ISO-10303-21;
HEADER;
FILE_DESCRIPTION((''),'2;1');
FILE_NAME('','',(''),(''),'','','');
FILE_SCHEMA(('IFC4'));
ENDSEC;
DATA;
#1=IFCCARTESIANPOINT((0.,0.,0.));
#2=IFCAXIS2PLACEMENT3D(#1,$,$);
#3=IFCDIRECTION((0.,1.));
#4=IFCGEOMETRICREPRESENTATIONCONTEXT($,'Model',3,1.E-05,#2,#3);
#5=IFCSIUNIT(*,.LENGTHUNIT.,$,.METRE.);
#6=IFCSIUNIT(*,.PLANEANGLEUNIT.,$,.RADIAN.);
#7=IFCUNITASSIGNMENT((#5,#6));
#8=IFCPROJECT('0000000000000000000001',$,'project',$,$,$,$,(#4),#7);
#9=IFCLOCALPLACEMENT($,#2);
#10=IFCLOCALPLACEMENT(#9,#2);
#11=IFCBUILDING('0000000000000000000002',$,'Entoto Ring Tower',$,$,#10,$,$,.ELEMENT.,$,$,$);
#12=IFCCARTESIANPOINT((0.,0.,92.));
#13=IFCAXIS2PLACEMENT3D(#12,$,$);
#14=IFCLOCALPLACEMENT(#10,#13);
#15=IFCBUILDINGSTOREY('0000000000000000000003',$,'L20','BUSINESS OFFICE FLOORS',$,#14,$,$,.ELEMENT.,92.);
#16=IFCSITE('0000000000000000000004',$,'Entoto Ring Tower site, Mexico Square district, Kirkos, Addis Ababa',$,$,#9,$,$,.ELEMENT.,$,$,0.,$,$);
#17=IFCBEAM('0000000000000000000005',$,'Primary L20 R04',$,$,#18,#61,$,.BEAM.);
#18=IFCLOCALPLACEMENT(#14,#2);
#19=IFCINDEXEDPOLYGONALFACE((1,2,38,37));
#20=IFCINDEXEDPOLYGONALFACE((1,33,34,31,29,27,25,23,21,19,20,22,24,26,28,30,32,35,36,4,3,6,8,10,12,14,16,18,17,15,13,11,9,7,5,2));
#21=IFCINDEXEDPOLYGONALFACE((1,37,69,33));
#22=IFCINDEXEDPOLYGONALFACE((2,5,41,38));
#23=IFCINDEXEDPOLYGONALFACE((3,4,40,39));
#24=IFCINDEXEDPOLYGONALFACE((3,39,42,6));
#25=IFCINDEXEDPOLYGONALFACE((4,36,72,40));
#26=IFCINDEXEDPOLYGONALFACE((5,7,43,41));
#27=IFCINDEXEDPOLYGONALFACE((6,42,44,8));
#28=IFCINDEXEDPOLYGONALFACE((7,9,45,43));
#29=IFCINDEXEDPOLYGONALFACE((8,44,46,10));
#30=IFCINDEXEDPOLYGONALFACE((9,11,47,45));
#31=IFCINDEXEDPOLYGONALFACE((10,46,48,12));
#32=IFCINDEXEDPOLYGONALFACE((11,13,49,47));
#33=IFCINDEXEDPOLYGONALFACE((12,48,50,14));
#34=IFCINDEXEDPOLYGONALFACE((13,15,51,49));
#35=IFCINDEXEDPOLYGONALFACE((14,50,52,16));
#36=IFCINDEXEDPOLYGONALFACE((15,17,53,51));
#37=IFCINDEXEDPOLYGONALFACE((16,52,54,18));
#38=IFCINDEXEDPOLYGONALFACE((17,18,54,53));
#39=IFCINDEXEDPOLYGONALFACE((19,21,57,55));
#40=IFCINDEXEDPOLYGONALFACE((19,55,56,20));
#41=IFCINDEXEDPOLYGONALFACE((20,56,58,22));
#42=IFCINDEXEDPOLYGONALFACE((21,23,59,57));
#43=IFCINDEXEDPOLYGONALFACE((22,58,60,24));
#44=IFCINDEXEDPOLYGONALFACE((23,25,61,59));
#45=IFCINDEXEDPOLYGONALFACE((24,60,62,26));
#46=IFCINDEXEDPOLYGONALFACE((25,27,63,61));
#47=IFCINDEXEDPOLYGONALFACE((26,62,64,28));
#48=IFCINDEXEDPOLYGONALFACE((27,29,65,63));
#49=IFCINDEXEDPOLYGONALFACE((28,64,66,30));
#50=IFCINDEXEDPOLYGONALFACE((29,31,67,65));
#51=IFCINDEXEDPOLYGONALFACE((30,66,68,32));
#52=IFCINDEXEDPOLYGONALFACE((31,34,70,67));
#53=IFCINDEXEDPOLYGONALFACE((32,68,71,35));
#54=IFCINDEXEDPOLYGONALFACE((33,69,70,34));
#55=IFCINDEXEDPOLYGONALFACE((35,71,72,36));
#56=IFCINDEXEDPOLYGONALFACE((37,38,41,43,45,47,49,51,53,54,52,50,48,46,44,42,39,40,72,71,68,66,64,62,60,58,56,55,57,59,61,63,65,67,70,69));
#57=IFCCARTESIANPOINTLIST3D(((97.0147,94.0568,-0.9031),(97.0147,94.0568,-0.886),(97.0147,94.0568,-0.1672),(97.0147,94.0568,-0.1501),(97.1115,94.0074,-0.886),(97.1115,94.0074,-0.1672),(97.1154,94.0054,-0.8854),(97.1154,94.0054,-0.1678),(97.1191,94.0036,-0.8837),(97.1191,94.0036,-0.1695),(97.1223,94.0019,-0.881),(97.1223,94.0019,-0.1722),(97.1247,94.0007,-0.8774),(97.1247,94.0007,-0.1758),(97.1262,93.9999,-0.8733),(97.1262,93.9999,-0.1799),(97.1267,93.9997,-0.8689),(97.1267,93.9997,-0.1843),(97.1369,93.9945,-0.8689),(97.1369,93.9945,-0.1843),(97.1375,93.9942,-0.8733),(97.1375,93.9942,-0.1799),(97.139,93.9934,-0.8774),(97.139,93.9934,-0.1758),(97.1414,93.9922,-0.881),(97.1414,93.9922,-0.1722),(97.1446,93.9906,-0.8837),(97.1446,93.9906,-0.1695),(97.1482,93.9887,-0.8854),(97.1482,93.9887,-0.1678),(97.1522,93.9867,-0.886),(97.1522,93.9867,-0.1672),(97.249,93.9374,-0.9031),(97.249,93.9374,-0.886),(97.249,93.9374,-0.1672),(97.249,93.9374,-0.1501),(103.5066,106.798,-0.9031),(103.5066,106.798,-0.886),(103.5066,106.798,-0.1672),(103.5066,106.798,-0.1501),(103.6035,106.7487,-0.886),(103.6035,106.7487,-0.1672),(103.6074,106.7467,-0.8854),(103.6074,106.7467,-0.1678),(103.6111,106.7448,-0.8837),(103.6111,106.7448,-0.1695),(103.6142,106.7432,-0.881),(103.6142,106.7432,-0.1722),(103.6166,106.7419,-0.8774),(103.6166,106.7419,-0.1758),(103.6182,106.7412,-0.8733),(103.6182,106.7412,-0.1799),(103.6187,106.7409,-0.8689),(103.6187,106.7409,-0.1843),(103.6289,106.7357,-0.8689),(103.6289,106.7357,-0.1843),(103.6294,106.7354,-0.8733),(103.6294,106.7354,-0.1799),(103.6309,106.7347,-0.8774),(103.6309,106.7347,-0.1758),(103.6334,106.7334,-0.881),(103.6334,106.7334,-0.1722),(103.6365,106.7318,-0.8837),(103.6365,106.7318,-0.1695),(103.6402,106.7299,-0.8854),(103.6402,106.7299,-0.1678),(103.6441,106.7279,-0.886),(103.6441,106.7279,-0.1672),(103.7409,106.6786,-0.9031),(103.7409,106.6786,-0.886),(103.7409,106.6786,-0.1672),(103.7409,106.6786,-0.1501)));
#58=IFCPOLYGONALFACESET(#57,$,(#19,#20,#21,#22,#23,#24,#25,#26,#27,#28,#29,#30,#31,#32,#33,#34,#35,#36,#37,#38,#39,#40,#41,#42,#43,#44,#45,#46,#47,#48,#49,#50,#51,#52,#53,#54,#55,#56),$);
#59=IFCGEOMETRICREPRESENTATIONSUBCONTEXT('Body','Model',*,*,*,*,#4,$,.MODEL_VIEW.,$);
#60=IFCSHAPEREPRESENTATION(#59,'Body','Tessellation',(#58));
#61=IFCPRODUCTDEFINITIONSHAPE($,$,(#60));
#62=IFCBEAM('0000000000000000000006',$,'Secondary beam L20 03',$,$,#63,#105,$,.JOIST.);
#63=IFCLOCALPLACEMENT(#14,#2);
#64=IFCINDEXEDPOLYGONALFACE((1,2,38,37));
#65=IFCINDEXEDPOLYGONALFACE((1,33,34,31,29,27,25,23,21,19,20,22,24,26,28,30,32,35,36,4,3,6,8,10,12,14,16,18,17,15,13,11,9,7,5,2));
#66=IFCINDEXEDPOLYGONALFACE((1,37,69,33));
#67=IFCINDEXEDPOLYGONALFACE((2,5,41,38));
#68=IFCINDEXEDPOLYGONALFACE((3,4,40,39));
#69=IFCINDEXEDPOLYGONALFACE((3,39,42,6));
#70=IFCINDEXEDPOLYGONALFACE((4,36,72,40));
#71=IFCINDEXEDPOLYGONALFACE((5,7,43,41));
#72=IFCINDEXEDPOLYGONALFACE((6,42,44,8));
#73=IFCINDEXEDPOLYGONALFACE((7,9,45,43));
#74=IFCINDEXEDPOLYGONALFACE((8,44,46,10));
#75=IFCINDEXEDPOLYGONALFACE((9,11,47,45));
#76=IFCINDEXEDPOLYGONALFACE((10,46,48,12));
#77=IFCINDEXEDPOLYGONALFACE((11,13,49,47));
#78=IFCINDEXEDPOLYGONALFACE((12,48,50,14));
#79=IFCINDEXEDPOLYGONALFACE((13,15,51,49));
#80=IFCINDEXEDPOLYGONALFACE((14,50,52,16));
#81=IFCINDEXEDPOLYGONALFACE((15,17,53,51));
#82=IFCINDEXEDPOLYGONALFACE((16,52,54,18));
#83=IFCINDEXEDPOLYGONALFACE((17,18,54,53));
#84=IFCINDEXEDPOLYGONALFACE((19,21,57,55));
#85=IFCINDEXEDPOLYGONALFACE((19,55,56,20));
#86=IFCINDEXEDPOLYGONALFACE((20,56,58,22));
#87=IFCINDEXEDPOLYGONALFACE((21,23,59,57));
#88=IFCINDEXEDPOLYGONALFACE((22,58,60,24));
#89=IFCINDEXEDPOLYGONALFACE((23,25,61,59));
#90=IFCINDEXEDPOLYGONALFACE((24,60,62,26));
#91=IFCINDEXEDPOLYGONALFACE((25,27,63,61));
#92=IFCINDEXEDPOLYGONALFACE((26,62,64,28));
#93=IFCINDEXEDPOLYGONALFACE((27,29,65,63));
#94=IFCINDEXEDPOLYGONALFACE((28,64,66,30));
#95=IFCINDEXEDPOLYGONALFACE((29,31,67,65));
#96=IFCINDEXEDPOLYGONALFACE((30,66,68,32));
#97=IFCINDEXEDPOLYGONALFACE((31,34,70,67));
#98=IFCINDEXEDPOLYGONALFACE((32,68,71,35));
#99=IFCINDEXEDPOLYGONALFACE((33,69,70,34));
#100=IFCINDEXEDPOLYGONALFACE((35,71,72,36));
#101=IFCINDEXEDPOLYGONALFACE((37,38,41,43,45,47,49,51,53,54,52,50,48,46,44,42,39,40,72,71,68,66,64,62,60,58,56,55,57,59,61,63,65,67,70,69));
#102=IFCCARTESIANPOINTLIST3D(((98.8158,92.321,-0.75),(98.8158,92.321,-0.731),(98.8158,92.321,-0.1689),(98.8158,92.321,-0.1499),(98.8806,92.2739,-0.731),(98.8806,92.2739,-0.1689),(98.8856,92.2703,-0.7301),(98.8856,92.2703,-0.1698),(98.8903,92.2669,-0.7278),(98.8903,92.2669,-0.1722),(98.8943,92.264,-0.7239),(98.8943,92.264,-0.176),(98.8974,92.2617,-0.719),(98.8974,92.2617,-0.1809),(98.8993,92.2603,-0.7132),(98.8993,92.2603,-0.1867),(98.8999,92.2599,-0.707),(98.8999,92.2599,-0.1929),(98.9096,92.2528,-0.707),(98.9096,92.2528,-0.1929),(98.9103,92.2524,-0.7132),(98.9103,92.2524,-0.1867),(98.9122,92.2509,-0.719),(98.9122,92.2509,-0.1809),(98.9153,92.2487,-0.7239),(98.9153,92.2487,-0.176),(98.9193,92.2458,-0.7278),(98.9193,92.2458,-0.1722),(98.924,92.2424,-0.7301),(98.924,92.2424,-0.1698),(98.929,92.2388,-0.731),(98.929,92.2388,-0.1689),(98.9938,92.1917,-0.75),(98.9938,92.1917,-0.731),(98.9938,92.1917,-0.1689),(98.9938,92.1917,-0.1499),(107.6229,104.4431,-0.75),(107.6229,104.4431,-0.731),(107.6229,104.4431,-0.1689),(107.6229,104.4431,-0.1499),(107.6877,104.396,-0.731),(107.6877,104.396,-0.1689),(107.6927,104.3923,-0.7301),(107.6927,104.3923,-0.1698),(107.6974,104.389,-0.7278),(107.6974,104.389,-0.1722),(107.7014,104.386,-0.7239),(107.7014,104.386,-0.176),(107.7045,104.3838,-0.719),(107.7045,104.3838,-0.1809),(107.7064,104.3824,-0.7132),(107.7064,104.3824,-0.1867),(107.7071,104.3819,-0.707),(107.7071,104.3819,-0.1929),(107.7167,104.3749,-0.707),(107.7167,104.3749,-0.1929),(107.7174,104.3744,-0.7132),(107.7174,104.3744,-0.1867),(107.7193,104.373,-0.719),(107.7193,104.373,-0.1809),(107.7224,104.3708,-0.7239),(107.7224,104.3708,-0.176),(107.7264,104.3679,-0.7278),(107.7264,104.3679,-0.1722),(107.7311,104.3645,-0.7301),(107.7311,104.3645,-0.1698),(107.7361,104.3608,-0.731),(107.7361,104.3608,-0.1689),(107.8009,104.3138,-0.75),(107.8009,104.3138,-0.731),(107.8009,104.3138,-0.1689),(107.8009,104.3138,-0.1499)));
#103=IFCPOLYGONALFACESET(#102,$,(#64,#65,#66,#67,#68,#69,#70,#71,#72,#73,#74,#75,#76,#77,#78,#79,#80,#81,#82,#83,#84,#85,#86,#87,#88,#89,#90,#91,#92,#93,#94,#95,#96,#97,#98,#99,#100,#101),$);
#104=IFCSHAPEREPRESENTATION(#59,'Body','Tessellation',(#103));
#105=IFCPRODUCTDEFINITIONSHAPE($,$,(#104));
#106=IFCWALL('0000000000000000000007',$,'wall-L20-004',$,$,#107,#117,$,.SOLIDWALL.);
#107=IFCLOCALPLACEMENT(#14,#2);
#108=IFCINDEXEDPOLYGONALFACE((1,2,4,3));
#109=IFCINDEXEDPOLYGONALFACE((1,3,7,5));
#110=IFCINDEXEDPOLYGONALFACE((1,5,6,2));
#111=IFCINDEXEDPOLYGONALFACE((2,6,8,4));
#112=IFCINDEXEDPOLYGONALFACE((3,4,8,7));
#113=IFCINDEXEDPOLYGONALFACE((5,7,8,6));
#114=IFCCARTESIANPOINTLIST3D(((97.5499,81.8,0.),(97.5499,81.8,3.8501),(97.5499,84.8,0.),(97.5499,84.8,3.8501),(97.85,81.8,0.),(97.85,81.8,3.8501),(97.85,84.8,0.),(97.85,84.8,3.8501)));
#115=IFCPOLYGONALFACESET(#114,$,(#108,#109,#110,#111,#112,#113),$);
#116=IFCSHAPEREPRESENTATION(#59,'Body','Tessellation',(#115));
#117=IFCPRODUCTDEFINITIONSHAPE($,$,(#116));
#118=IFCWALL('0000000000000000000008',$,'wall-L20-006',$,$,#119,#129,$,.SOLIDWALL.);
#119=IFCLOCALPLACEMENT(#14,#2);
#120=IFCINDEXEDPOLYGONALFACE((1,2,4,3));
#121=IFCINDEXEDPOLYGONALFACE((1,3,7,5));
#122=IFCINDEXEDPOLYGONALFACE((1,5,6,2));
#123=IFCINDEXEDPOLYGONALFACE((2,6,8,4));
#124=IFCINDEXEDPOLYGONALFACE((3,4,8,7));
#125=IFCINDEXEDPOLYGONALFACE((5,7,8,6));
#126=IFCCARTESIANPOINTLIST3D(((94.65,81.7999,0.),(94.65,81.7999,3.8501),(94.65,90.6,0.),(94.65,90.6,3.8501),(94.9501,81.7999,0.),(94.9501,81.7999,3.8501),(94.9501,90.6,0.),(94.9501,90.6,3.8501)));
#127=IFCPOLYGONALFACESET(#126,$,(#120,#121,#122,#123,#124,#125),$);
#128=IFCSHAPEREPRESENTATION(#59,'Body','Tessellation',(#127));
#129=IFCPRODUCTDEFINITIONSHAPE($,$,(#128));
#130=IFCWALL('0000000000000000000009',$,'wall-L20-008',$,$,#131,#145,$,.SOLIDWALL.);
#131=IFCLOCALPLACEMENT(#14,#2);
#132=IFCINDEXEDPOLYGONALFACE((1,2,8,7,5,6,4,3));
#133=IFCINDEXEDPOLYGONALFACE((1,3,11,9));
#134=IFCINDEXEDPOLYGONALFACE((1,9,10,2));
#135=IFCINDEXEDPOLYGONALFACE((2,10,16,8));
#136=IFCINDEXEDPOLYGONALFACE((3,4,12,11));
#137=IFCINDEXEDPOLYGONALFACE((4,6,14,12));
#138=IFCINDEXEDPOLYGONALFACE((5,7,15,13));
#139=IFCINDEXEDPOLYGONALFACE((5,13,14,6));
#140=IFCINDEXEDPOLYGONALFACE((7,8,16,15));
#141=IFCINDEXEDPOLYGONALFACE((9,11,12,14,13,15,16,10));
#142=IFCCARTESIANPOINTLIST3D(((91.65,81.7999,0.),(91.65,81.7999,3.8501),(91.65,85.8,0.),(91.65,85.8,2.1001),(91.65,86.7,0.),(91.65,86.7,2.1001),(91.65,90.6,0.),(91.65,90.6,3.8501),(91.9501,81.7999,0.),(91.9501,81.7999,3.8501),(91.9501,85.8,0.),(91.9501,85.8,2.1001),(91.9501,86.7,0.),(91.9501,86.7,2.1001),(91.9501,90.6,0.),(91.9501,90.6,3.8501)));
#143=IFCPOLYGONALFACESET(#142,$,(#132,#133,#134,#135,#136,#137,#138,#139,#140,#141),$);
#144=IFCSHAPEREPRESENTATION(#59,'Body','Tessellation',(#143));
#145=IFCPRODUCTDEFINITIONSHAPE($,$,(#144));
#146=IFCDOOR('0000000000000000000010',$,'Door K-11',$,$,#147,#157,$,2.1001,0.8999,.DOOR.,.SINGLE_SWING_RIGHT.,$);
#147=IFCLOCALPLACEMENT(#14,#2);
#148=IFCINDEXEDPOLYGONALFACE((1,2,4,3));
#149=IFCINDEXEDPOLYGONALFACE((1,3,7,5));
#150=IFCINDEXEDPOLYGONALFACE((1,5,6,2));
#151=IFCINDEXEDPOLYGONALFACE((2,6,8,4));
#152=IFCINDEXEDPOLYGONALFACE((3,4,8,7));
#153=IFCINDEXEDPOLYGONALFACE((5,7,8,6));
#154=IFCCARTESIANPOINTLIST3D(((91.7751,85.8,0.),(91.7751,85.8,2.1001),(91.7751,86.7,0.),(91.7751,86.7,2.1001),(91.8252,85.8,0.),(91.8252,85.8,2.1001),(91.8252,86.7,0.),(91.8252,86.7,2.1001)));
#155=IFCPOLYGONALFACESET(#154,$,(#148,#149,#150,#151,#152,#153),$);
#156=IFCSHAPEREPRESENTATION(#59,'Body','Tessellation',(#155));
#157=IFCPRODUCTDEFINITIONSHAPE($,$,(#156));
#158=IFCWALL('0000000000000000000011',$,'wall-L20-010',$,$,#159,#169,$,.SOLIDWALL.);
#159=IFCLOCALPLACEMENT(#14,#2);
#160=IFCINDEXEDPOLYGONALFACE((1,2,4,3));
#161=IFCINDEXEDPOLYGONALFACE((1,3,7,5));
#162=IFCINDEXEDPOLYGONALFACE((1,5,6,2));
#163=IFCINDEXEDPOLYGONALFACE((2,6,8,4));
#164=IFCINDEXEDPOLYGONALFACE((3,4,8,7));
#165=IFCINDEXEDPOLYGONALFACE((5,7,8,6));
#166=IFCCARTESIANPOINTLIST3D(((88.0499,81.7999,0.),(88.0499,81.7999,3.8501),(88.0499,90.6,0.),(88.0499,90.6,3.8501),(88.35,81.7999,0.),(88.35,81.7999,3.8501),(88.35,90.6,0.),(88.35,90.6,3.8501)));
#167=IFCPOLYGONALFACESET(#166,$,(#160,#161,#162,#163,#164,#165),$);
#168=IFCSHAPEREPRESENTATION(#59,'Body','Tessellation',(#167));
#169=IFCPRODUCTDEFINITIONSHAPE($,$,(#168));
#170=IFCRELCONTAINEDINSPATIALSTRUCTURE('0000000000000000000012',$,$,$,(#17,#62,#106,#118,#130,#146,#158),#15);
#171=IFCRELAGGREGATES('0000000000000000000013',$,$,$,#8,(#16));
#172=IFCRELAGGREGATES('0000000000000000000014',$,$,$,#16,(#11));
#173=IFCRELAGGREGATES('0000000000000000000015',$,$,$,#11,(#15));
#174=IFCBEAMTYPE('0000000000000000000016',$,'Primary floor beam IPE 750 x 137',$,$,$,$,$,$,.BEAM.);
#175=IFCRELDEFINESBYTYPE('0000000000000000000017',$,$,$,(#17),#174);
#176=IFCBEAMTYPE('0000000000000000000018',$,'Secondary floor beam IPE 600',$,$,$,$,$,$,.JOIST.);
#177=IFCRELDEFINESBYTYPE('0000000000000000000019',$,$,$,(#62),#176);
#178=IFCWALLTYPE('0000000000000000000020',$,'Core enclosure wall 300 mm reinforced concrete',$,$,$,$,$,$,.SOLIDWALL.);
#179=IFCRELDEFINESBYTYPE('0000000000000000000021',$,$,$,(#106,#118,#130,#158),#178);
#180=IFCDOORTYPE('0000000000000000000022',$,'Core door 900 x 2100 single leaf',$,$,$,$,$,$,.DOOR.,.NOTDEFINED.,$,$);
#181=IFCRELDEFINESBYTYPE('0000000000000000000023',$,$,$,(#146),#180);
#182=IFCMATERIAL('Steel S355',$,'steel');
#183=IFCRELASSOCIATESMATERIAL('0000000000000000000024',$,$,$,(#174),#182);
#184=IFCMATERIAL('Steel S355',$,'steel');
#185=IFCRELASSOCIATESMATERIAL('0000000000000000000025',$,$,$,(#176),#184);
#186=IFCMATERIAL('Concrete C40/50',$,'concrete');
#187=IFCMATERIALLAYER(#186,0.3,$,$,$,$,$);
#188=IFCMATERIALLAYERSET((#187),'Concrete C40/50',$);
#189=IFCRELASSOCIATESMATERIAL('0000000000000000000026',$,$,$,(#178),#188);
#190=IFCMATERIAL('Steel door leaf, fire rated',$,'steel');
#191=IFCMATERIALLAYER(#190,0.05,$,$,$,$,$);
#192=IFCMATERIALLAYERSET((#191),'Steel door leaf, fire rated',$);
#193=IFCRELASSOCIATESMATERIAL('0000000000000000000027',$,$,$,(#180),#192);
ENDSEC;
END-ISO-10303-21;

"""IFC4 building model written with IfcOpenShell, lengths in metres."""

from ifc_helpers import new_model, si_unit, direction, frame, frame_2d, origin, origin_2d, place, context, subcontext, project, spatial, rectangle, i_section, extrude, material, layer, layer_set, material_profile, profile_set, type_object, element, fill, save


model = new_model("IFC4")

# Units and contexts
model_context = context("Model", 3, precision=1e-05, world=origin(), true_north=direction((0.0, 1.0)))
body_context = subcontext(model_context, "Body", "Model", "MODEL_VIEW")
ifc_project = project(units=[si_unit("LENGTHUNIT", "METRE"), si_unit("PLANEANGLEUNIT", "RADIAN")], contexts=[model_context])

# Site, building, storey
site_placement = place(None, origin())
site = spatial("IfcSite", under=ifc_project, at=site_placement, Name="Entoto Ring Tower site, Mexico Square district, Kirkos, Addis Ababa", CompositionType="ELEMENT", RefElevation=0.0)
building_placement = place(site_placement, origin())
building = spatial("IfcBuilding", under=site, at=building_placement, Name="Entoto Ring Tower", CompositionType="ELEMENT")
storey_placement = place(building_placement, frame((0.0, 0.0, 92.0)))
storey = spatial("IfcBuildingStorey", under=building, at=storey_placement, Name="L20", Description="BUSINESS OFFICE FLOORS", CompositionType="ELEMENT", Elevation=92.0)

# Beams
ifc_material_1 = material(Name="Steel S355", Category="steel")
ifc_material_profile_1 = material_profile(ifc_material_1, i_section(OverallWidth=0.2629, OverallDepth=0.7529, WebThickness=0.0115, FlangeThickness=0.0171, FilletRadius=0.0171, at=origin_2d()), Name="IPE 750 x 137")
ifc_profile_set_1 = profile_set([ifc_material_profile_1], Name="Steel S355")
beam_type_1 = type_object("IfcBeamType", Name="Primary floor beam IPE 750 x 137", PredefinedType="BEAM", material=ifc_profile_set_1)
beam_1_placement = place(storey_placement, frame((97.1318, 93.9971, -0.5266), z_axis=(0.453989, 0.891007, 0.0), x_axis=(-0.891007, 0.453989, 0.0)))
element("IfcBeam", 1, at=beam_1_placement, inside=storey, type_object=beam_type_1, Name="Primary L20 R04", PredefinedType="BEAM", context=body_context, shape_type="SweptSolid", body=[
    extrude(i_section(OverallWidth=0.2629, OverallDepth=0.7529, WebThickness=0.0115, FlangeThickness=0.0171, FilletRadius=0.0171, at=origin_2d()), origin(), (0.0, 0.0, 1.0), 14.2998),
])
ifc_material_2 = material(Name="Steel S355", Category="steel")
ifc_material_profile_2 = material_profile(ifc_material_2, i_section(OverallWidth=0.22, OverallDepth=0.6001, WebThickness=0.012, FlangeThickness=0.019, FilletRadius=0.0239, at=origin_2d()), Name="IPE 600")
ifc_profile_set_2 = profile_set([ifc_material_profile_2], Name="Steel S355")
beam_type_2 = type_object("IfcBeamType", Name="Secondary floor beam IPE 600", PredefinedType="JOIST", material=ifc_profile_set_2)
beam_2_placement = place(storey_placement, frame((98.9048, 92.2563, -0.45), z_axis=(0.587782, 0.809019, 0.0), x_axis=(-0.809019, 0.587782, 0.0)))
element("IfcBeam", 2, at=beam_2_placement, inside=storey, type_object=beam_type_2, Name="Secondary beam L20 03", PredefinedType="JOIST", context=body_context, shape_type="SweptSolid", body=[
    extrude(i_section(OverallWidth=0.22, OverallDepth=0.6001, WebThickness=0.012, FlangeThickness=0.019, FilletRadius=0.0239, at=origin_2d()), origin(), (0.0, 0.0, 1.0), 14.9836),
])

# Walls
ifc_material_3 = material(Name="Concrete C40/50", Category="concrete")
ifc_layer_1 = layer(ifc_material_3, 0.3)
ifc_layer_set_1 = layer_set([ifc_layer_1], Name="Concrete C40/50")
wall_type = type_object("IfcWallType", Name="Core enclosure wall 300 mm reinforced concrete", PredefinedType="SOLIDWALL", material=ifc_layer_set_1)
wall_1_placement = place(storey_placement, frame((97.7, 81.8, 0.0), z_axis=(0.0, 0.0, 1.0), x_axis=(0.0, 1.0, 0.0)))
element("IfcWall", 3, at=wall_1_placement, inside=storey, type_object=wall_type, Name="wall-L20-004", PredefinedType="SOLIDWALL", context=body_context, shape_type="SweptSolid", body=[
    extrude(rectangle(XDim=3.0, YDim=0.3, at=frame_2d((1.5, 0.0))), origin(), (0.0, 0.0, 1.0), 3.8501),
])
wall_2_placement = place(storey_placement, frame((94.8, 81.8, 0.0), z_axis=(0.0, 0.0, 1.0), x_axis=(0.0, 1.0, 0.0)))
element("IfcWall", 4, at=wall_2_placement, inside=storey, type_object=wall_type, Name="wall-L20-006", PredefinedType="SOLIDWALL", context=body_context, shape_type="SweptSolid", body=[
    extrude(rectangle(XDim=8.8, YDim=0.3, at=frame_2d((4.3999, 0.0))), origin(), (0.0, 0.0, 1.0), 3.8501),
])

# Wall, opening, door
wall_3_placement = place(storey_placement, frame((91.8, 81.8, 0.0), z_axis=(0.0, 0.0, 1.0), x_axis=(0.0, 1.0, 0.0)))
wall_3 = element("IfcWall", 5, at=wall_3_placement, inside=storey, type_object=wall_type, Name="wall-L20-008", PredefinedType="SOLIDWALL", context=body_context, shape_type="SweptSolid", body=[
    extrude(rectangle(XDim=8.8, YDim=0.3, at=frame_2d((4.3999, 0.0))), origin(), (0.0, 0.0, 1.0), 3.8501),
])
opening_1_placement = place(wall_3_placement, frame((4.0, 0.0, 0.0)))
opening_1 = element("IfcOpeningElement", 6, at=opening_1_placement, cuts=wall_3, PredefinedType="OPENING", context=body_context, shape_type="SweptSolid", body=[
    extrude(rectangle(XDim=0.8999, YDim=2.1001, at=frame_2d((0.45, 1.05))), frame((0.0, 0.1602, 0.0), z_axis=(0.0, -1.0, 0.0), x_axis=(1.0, 0.0, 0.0)), (0.0, 0.0, 1.0), 0.3201),
])
ifc_material_4 = material(Name="Steel door leaf, fire rated", Category="steel")
ifc_layer_2 = layer(ifc_material_4, 0.05)
ifc_layer_set_2 = layer_set([ifc_layer_2], Name="Steel door leaf, fire rated")
door_type_1 = type_object("IfcDoorType", Name="Core door 900 x 2100 single leaf", OperationType="NOTDEFINED", PredefinedType="DOOR", material=ifc_layer_set_2)
door_1_placement = place(opening_1_placement, origin())
door_1 = element("IfcDoor", 7, at=door_1_placement, inside=storey, type_object=door_type_1, Name="Door K-11", OperationType="SINGLE_SWING_RIGHT", OverallHeight=2.1001, OverallWidth=0.8999, PredefinedType="DOOR", context=body_context, shape_type="SweptSolid", body=[
    extrude(rectangle(XDim=0.8999, YDim=2.1001, at=frame_2d((0.45, 1.05))), frame((0.0, 0.0249, 0.0), z_axis=(0.0, -1.0, 0.0), x_axis=(1.0, 0.0, 0.0)), (0.0, 0.0, 1.0), 0.05),
])
fill(opening_1, door_1)

# Wall
wall_4_placement = place(storey_placement, frame((88.2, 81.8, 0.0), z_axis=(0.0, 0.0, 1.0), x_axis=(0.0, 1.0, 0.0)))
element("IfcWall", 8, at=wall_4_placement, inside=storey, type_object=wall_type, Name="wall-L20-010", PredefinedType="SOLIDWALL", context=body_context, shape_type="SweptSolid", body=[
    extrude(rectangle(XDim=8.8, YDim=0.3, at=frame_2d((4.3999, 0.0))), origin(), (0.0, 0.0, 1.0), 3.8501),
])

save(model, "model.ifc")
